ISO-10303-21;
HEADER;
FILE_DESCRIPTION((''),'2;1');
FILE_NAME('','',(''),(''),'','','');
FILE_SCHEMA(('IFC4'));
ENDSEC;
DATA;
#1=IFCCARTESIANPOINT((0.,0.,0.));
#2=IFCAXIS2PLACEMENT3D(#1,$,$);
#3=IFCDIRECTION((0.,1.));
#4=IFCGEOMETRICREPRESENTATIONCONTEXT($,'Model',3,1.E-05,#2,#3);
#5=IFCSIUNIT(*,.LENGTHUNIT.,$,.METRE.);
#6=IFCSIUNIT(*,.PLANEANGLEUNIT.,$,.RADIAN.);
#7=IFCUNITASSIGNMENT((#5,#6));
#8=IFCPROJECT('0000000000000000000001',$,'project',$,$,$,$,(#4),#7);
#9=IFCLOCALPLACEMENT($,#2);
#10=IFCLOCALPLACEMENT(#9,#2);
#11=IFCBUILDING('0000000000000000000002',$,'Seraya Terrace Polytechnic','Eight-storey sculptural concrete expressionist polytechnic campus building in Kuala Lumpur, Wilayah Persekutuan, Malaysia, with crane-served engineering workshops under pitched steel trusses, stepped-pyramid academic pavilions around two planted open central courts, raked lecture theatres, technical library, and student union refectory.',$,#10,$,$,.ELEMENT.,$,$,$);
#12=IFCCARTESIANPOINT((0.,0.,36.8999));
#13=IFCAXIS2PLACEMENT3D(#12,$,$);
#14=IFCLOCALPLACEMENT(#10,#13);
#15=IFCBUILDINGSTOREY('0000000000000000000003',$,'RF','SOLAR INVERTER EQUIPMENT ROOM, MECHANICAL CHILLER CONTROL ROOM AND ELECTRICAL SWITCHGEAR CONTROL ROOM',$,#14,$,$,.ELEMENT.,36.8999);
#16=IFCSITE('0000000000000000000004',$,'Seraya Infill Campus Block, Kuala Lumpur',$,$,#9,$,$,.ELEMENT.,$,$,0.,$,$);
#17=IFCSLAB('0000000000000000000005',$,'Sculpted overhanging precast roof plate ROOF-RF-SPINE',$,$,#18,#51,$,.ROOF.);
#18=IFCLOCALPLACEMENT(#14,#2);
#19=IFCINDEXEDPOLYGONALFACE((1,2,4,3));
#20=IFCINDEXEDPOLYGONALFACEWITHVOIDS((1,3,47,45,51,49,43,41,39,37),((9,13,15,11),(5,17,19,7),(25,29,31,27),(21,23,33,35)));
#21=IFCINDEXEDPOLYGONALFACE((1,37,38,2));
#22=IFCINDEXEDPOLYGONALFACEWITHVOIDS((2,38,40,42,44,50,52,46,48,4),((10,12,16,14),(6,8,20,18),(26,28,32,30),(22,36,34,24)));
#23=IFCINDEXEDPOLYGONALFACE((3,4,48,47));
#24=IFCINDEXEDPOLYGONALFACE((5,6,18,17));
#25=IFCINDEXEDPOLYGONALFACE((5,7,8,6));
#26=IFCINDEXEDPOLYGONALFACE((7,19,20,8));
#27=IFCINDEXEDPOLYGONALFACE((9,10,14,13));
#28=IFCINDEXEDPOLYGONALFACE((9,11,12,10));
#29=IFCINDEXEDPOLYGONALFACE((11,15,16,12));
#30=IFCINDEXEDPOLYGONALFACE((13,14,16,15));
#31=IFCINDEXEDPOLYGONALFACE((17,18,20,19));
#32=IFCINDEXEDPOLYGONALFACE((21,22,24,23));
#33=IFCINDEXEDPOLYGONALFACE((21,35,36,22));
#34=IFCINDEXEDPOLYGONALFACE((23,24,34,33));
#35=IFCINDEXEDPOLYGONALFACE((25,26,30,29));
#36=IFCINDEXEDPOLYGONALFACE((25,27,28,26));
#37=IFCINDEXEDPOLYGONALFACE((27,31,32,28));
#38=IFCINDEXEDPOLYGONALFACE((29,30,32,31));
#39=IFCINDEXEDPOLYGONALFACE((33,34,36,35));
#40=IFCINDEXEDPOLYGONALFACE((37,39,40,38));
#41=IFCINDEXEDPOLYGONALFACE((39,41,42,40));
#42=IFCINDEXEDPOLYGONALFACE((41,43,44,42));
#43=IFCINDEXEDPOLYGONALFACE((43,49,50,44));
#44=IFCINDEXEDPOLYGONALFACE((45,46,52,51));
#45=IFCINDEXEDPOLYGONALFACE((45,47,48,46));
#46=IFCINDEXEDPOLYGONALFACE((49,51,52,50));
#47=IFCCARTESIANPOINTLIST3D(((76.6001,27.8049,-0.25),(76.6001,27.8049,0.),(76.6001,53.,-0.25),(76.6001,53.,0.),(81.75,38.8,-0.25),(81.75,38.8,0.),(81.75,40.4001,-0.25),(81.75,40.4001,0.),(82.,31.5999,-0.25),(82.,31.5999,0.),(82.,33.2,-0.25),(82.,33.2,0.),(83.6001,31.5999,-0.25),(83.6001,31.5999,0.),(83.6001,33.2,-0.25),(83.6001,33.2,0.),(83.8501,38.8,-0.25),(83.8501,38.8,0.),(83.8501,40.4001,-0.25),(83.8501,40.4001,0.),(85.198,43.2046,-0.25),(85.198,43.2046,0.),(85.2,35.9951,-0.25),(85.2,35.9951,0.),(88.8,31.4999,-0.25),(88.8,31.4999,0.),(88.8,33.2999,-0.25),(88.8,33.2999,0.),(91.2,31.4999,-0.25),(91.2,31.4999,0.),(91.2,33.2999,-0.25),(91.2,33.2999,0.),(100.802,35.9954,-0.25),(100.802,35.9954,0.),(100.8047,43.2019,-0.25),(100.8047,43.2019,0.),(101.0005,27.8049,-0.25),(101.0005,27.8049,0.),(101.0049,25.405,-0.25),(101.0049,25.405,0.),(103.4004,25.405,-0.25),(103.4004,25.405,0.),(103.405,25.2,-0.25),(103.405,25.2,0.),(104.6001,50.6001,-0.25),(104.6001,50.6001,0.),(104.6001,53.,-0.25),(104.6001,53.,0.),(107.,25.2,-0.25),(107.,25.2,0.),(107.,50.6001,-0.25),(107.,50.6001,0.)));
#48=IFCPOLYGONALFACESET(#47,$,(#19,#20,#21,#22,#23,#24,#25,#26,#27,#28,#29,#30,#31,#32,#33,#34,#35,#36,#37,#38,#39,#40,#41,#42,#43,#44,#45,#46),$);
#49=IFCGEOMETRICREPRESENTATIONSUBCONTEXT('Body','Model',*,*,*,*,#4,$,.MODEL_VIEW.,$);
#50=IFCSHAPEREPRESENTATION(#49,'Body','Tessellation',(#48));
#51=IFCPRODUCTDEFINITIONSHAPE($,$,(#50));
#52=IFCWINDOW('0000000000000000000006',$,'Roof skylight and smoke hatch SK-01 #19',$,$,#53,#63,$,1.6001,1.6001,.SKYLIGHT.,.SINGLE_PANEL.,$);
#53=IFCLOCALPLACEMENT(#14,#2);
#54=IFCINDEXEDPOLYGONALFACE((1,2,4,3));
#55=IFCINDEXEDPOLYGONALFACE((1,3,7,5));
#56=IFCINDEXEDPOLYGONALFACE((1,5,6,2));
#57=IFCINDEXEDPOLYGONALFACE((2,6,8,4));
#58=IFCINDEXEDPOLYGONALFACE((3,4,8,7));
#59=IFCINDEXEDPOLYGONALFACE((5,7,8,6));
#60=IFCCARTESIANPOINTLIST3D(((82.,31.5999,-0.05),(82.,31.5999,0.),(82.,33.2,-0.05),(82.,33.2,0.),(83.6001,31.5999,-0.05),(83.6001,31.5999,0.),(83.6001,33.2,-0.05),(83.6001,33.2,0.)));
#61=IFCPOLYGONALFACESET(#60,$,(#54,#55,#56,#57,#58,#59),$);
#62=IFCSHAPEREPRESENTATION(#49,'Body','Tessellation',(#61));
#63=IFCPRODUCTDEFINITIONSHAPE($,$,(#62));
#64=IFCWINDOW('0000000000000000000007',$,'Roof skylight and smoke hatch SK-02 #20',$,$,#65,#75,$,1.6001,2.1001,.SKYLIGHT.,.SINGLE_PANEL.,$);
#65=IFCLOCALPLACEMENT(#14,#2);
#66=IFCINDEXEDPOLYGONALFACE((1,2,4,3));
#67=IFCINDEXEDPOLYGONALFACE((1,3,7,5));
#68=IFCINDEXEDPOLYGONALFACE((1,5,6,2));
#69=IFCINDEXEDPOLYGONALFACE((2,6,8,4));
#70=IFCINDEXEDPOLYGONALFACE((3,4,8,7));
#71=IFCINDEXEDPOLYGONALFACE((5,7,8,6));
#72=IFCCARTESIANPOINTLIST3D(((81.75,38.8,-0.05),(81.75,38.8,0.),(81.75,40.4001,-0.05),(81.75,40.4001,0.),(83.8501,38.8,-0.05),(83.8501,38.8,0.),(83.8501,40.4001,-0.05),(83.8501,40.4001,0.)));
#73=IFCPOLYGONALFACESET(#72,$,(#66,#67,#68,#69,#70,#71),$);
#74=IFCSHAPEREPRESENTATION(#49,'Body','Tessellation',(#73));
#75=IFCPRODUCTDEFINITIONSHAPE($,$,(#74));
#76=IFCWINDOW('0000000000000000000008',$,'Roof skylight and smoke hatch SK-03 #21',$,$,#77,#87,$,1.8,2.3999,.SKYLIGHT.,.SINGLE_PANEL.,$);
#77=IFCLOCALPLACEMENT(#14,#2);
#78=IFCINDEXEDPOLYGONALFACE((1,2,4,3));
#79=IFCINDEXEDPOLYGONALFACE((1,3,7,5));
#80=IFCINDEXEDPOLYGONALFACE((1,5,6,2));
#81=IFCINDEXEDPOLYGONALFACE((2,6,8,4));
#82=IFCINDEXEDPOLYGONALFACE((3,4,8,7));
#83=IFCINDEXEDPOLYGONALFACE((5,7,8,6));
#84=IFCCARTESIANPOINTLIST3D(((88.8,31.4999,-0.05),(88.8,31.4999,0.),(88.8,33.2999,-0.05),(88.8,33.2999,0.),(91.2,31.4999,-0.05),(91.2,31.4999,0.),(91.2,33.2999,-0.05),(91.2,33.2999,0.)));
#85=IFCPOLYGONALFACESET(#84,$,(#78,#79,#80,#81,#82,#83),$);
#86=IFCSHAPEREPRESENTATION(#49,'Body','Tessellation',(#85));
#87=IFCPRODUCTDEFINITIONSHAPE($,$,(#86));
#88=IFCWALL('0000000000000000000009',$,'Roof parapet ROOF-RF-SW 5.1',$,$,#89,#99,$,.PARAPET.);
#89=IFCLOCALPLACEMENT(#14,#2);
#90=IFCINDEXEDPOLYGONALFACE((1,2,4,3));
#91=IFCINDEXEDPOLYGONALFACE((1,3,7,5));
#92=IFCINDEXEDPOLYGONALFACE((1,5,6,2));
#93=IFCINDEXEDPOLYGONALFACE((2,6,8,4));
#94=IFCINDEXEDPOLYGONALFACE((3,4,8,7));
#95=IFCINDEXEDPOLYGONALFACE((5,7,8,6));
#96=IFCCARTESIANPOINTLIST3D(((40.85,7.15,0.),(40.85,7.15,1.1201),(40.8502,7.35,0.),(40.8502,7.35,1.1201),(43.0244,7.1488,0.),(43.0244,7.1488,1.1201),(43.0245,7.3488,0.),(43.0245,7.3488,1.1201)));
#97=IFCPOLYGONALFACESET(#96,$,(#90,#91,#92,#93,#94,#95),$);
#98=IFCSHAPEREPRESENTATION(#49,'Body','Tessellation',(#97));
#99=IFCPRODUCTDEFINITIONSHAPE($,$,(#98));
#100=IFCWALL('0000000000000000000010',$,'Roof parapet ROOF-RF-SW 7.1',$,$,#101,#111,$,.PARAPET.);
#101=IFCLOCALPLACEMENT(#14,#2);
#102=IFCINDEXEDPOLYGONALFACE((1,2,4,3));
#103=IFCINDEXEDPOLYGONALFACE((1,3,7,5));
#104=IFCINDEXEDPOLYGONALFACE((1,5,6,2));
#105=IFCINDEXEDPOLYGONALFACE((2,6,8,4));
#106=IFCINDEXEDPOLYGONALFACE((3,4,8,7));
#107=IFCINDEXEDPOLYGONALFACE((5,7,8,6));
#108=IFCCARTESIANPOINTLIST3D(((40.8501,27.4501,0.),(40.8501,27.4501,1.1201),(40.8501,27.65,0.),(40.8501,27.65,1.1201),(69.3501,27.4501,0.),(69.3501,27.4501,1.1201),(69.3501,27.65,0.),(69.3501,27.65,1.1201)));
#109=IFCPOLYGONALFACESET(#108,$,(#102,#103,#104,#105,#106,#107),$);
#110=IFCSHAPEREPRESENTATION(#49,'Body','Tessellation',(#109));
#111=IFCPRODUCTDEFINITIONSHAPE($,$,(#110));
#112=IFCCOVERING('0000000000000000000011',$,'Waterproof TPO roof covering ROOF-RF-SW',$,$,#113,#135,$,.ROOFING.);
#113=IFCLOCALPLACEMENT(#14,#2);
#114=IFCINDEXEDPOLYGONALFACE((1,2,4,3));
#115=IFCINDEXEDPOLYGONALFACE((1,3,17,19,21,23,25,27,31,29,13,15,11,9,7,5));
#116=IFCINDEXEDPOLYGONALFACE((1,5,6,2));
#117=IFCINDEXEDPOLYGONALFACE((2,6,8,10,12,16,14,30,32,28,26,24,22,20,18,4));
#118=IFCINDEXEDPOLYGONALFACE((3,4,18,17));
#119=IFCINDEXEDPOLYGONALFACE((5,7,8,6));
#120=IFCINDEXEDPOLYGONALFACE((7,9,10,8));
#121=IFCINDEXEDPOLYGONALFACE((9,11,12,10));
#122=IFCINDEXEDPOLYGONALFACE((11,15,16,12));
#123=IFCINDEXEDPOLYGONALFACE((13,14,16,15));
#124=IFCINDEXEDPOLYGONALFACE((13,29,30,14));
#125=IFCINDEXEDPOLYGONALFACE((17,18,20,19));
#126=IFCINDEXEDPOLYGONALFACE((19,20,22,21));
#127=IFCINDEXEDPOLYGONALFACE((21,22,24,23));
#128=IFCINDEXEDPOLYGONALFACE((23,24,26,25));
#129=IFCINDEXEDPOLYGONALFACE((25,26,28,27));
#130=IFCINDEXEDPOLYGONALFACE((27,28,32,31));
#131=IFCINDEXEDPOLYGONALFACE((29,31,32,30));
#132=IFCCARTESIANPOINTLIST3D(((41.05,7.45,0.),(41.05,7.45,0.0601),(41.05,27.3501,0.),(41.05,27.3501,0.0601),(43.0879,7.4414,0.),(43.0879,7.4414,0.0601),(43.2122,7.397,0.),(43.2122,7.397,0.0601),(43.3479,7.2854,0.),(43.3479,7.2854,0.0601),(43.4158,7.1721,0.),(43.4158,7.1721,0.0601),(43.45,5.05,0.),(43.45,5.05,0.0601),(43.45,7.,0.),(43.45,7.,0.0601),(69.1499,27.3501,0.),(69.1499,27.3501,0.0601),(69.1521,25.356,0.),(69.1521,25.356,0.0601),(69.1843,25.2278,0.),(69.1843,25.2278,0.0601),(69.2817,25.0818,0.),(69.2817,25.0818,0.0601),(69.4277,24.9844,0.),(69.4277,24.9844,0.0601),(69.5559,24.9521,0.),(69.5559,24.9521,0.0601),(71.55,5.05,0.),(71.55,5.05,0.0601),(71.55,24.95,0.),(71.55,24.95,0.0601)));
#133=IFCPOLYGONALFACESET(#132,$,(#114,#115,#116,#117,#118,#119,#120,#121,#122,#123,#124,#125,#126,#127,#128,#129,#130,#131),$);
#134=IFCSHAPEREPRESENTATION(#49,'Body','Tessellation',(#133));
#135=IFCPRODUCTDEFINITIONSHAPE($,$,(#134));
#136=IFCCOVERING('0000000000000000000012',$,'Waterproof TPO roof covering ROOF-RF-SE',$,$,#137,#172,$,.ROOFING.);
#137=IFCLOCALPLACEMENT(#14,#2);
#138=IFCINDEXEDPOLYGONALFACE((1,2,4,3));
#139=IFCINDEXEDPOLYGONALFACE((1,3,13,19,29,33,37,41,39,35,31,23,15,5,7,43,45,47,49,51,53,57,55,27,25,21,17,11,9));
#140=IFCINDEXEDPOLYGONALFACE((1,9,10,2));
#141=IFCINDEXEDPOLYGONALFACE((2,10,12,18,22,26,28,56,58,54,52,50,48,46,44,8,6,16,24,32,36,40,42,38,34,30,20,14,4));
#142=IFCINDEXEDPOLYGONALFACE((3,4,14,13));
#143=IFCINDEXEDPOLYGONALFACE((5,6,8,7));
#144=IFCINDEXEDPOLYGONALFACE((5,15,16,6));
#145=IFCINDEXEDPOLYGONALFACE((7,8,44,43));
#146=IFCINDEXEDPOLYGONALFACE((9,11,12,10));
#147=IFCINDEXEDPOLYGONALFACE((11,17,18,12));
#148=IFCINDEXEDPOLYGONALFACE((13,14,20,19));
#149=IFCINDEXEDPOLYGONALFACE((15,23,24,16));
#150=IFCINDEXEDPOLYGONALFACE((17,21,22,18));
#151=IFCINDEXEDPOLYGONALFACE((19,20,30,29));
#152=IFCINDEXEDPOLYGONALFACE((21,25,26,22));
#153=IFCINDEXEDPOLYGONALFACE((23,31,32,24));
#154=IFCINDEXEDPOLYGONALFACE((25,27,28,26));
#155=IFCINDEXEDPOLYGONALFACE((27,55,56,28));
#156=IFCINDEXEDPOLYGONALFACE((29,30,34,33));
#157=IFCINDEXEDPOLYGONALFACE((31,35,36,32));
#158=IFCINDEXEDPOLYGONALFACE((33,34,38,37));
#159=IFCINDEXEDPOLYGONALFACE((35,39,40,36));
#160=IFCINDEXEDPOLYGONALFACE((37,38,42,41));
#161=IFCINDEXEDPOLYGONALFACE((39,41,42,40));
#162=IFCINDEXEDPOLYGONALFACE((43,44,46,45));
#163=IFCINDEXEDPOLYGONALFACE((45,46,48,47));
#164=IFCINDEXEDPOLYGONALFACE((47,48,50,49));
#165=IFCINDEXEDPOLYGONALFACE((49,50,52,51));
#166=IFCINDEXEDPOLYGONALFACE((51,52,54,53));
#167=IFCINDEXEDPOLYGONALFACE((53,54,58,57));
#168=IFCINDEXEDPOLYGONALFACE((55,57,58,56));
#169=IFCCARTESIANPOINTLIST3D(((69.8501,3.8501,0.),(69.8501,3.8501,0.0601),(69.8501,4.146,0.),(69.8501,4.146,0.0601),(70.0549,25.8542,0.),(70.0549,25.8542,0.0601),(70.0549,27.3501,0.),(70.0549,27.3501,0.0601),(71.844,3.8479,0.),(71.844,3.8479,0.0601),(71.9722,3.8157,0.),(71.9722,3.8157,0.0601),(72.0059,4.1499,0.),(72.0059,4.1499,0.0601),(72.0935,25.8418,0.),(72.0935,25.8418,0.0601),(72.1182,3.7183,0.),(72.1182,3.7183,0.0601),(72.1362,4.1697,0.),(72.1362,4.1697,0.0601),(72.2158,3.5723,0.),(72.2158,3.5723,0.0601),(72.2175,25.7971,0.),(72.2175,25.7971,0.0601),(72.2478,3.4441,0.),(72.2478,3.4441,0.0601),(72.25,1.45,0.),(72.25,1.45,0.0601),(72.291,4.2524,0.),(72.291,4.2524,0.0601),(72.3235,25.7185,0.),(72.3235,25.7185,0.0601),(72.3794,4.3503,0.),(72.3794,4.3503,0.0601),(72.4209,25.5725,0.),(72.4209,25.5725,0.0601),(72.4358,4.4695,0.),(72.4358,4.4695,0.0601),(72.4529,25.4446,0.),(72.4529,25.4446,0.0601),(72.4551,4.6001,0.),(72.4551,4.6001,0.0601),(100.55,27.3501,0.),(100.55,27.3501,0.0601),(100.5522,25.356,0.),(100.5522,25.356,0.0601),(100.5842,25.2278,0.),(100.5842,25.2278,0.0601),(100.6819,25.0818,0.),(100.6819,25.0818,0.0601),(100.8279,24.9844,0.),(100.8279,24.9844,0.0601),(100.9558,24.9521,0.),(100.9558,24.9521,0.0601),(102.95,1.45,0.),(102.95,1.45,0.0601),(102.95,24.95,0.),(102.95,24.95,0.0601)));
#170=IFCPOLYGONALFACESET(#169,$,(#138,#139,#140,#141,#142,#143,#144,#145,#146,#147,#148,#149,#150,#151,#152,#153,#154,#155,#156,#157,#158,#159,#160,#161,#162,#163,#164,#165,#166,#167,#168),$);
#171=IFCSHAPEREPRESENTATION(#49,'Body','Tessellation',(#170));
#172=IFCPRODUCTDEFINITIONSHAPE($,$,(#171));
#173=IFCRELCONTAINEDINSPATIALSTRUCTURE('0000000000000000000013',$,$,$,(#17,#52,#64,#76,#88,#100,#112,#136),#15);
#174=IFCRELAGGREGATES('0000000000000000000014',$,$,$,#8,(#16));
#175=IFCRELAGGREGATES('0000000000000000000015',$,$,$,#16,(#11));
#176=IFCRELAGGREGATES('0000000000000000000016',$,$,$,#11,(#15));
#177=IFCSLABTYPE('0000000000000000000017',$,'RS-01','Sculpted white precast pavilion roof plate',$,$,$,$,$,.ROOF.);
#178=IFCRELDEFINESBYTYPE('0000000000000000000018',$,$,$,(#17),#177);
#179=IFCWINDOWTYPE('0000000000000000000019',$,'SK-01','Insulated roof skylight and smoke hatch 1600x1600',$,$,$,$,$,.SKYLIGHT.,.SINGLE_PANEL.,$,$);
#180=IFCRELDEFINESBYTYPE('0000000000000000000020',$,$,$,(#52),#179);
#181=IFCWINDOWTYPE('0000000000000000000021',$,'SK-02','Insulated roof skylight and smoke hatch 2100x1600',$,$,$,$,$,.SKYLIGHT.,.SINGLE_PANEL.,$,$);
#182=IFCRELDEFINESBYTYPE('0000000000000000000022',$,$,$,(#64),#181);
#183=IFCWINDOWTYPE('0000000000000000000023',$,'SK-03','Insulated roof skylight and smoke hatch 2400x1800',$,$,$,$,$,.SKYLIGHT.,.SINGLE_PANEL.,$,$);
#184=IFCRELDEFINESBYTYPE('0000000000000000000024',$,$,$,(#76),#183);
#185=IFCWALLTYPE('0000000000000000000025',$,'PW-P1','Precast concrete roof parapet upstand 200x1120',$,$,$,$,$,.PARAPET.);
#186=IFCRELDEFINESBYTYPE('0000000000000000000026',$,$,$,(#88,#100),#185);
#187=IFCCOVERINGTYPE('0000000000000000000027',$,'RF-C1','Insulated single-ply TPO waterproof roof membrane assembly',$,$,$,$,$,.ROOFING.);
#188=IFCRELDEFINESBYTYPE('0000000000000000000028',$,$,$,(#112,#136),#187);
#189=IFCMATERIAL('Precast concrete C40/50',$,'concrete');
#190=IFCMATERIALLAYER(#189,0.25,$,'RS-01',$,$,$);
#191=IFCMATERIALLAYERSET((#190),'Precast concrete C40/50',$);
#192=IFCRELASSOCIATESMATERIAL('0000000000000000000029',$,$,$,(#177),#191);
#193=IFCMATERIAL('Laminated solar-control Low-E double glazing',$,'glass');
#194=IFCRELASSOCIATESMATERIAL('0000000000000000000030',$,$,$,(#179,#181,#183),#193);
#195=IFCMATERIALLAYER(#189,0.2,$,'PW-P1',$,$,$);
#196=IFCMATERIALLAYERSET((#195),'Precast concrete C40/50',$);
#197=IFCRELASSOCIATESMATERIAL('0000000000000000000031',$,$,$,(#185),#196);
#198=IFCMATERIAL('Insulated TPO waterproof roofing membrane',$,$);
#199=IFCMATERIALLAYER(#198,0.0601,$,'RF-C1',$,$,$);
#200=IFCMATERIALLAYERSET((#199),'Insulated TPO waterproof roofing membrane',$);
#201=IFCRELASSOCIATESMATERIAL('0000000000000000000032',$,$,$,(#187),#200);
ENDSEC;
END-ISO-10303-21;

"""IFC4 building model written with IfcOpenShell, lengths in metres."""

from ifc_helpers import new_model, si_unit, direction, frame, frame_2d, origin, origin_2d, place, context, subcontext, project, spatial, polyline, rectangle, outline, extrude, material, layer, layer_set, type_object, element, fill, save


model = new_model("IFC4")

# Units and contexts
model_context = context("Model", 3, precision=1e-05, world=origin(), true_north=direction((0.0, 1.0)))
body_context = subcontext(model_context, "Body", "Model", "MODEL_VIEW")
ifc_project = project(units=[si_unit("LENGTHUNIT", "METRE"), si_unit("PLANEANGLEUNIT", "RADIAN")], contexts=[model_context])

# Site, building, storey
site_placement = place(None, origin())
site = spatial("IfcSite", under=ifc_project, at=site_placement, Name="Seraya Infill Campus Block, Kuala Lumpur", CompositionType="ELEMENT", RefElevation=0.0)
building_placement = place(site_placement, origin())
building = spatial("IfcBuilding", under=site, at=building_placement, Name="Seraya Terrace Polytechnic", Description="Eight-storey sculptural concrete expressionist polytechnic campus building in Kuala Lumpur, Wilayah Persekutuan, Malaysia, with crane-served engineering workshops under pitched steel trusses, stepped-pyramid academic pavilions around two planted open central courts, raked lecture theatres, technical library, and student union refectory.", CompositionType="ELEMENT")
storey_placement = place(building_placement, frame((0.0, 0.0, 36.8999)))
storey = spatial("IfcBuildingStorey", under=building, at=storey_placement, Name="RF", Description="SOLAR INVERTER EQUIPMENT ROOM, MECHANICAL CHILLER CONTROL ROOM AND ELECTRICAL SWITCHGEAR CONTROL ROOM", CompositionType="ELEMENT", Elevation=36.8999)

# Slab, openings, windows
ifc_material_1 = material(Name="Precast concrete C40/50", Category="concrete")
ifc_layer_1 = layer(ifc_material_1, 0.25, Name="RS-01")
ifc_layer_set_1 = layer_set([ifc_layer_1], Name="Precast concrete C40/50")
slab_type_1 = type_object("IfcSlabType", Name="RS-01", Description="Sculpted white precast pavilion roof plate", PredefinedType="ROOF", material=ifc_layer_set_1)
ifc_material_2 = material(Name="Laminated solar-control Low-E double glazing", Category="glass")
window_type_1 = type_object("IfcWindowType", Name="SK-01", Description="Insulated roof skylight and smoke hatch 1600x1600", PartitioningType="SINGLE_PANEL", PredefinedType="SKYLIGHT", material=ifc_material_2)
window_type_2 = type_object("IfcWindowType", Name="SK-02", Description="Insulated roof skylight and smoke hatch 2100x1600", PartitioningType="SINGLE_PANEL", PredefinedType="SKYLIGHT", material=ifc_material_2)
window_type_3 = type_object("IfcWindowType", Name="SK-03", Description="Insulated roof skylight and smoke hatch 2400x1800", PartitioningType="SINGLE_PANEL", PredefinedType="SKYLIGHT", material=ifc_material_2)
slab_1_placement = place(storey_placement, frame((0.0, 0.0, -0.25)))
slab_1 = element("IfcSlab", 1, at=slab_1_placement, inside=storey, type_object=slab_type_1, Name="Sculpted overhanging precast roof plate ROOF-RF-SPINE", PredefinedType="ROOF", context=body_context, shape_type="SweptSolid", body=[
    extrude(outline(polyline([(76.6001, 53.0), (104.6001, 53.0), (104.6001, 50.6001), (107.0, 50.6001), (107.0, 25.2), (103.405, 25.2), (103.4004, 25.405), (101.0049, 25.405), (101.0005, 27.8049), (76.6001, 27.8049), (76.6001, 53.0)]), holes=[polyline([(85.2, 35.9951), (100.802, 35.9954), (100.8047, 43.2019), (85.198, 43.2046), (85.2, 35.9951)])]), origin(), (0.0, 0.0, 1.0), 0.25),
])
opening_1_placement = place(slab_1_placement, frame((82.8, 32.3999, -0.012)))
opening_1 = element("IfcOpeningElement", 2, at=opening_1_placement, cuts=slab_1, PredefinedType="OPENING", context=body_context, shape_type="SweptSolid", body=[
    extrude(rectangle(XDim=1.6001, YDim=1.6001, at=origin_2d()), origin(), (0.0, 0.0, 1.0), 0.2739),
])
opening_2_placement = place(slab_1_placement, frame((82.8, 39.6001, -0.012)))
opening_2 = element("IfcOpeningElement", 3, at=opening_2_placement, cuts=slab_1, PredefinedType="OPENING", context=body_context, shape_type="SweptSolid", body=[
    extrude(rectangle(XDim=2.1001, YDim=1.6001, at=origin_2d()), origin(), (0.0, 0.0, 1.0), 0.2739),
])
opening_3_placement = place(slab_1_placement, frame((90.0, 32.3999, -0.012)))
opening_3 = element("IfcOpeningElement", 4, at=opening_3_placement, cuts=slab_1, PredefinedType="OPENING", context=body_context, shape_type="SweptSolid", body=[
    extrude(rectangle(XDim=2.3999, YDim=1.8, at=origin_2d()), origin(), (0.0, 0.0, 1.0), 0.2739),
])
window_1_placement = place(slab_1_placement, frame((82.8, 32.3999, 0.2)))
window_1 = element("IfcWindow", 5, at=window_1_placement, inside=storey, type_object=window_type_1, Name="Roof skylight and smoke hatch SK-01 #19", OverallHeight=1.6001, OverallWidth=1.6001, PartitioningType="SINGLE_PANEL", PredefinedType="SKYLIGHT", context=body_context, shape_type="SweptSolid", body=[
    extrude(rectangle(XDim=1.6001, YDim=1.6001, at=origin_2d()), origin(), (0.0, 0.0, 1.0), 0.05),
])
fill(opening_1, window_1)
window_2_placement = place(slab_1_placement, frame((82.8, 39.6001, 0.2)))
window_2 = element("IfcWindow", 6, at=window_2_placement, inside=storey, type_object=window_type_2, Name="Roof skylight and smoke hatch SK-02 #20", OverallHeight=1.6001, OverallWidth=2.1001, PartitioningType="SINGLE_PANEL", PredefinedType="SKYLIGHT", context=body_context, shape_type="SweptSolid", body=[
    extrude(rectangle(XDim=2.1001, YDim=1.6001, at=origin_2d()), origin(), (0.0, 0.0, 1.0), 0.05),
])
fill(opening_2, window_2)
window_3_placement = place(slab_1_placement, frame((90.0, 32.3999, 0.2)))
window_3 = element("IfcWindow", 7, at=window_3_placement, inside=storey, type_object=window_type_3, Name="Roof skylight and smoke hatch SK-03 #21", OverallHeight=1.8, OverallWidth=2.3999, PartitioningType="SINGLE_PANEL", PredefinedType="SKYLIGHT", context=body_context, shape_type="SweptSolid", body=[
    extrude(rectangle(XDim=2.3999, YDim=1.8, at=origin_2d()), origin(), (0.0, 0.0, 1.0), 0.05),
])
fill(opening_3, window_3)

# Walls
ifc_layer_2 = layer(ifc_material_1, 0.2, Name="PW-P1")
ifc_layer_set_2 = layer_set([ifc_layer_2], Name="Precast concrete C40/50")
wall_type = type_object("IfcWallType", Name="PW-P1", Description="Precast concrete roof parapet upstand 200x1120", PredefinedType="PARAPET", material=ifc_layer_set_2)
wall_1_placement = place(storey_placement, frame((43.0244, 7.2488, 0.0), z_axis=(0.0, 0.0, 1.0), x_axis=(-1.0, 0.000561, 0.0)))
element("IfcWall", 8, at=wall_1_placement, inside=storey, type_object=wall_type, Name="Roof parapet ROOF-RF-SW 5.1", PredefinedType="PARAPET", context=body_context, shape_type="SweptSolid", body=[
    extrude(rectangle(XDim=2.1743, YDim=0.2, at=frame_2d((1.0872, 0.0))), origin(), (0.0, 0.0, 1.0), 1.1201),
])
wall_2_placement = place(storey_placement, frame((40.8501, 27.55, 0.0), z_axis=(0.0, 0.0, 1.0), x_axis=(1.0, 0.0, 0.0)))
element("IfcWall", 9, at=wall_2_placement, inside=storey, type_object=wall_type, Name="Roof parapet ROOF-RF-SW 7.1", PredefinedType="PARAPET", context=body_context, shape_type="SweptSolid", body=[
    extrude(rectangle(XDim=28.5, YDim=0.2, at=frame_2d((14.25, 0.0))), origin(), (0.0, 0.0, 1.0), 1.1201),
])

# Coverings
ifc_material_3 = material(Name="Insulated TPO waterproof roofing membrane")
ifc_layer_3 = layer(ifc_material_3, 0.0601, Name="RF-C1")
ifc_layer_set_3 = layer_set([ifc_layer_3], Name="Insulated TPO waterproof roofing membrane")
covering_type = type_object("IfcCoveringType", Name="RF-C1", Description="Insulated single-ply TPO waterproof roof membrane assembly", PredefinedType="ROOFING", material=ifc_layer_set_3)
covering_1_placement = place(storey_placement, origin())
element("IfcCovering", 10, at=covering_1_placement, inside=storey, type_object=covering_type, Name="Waterproof TPO roof covering ROOF-RF-SW", PredefinedType="ROOFING", context=body_context, shape_type="SweptSolid", body=[
    extrude(outline(polyline([(43.45, 7.0), (43.4158, 7.1721), (43.3479, 7.2854), (43.2122, 7.397), (43.0879, 7.4414), (41.05, 7.45), (41.05, 27.3501), (69.1499, 27.3501), (69.1521, 25.356), (69.1843, 25.2278), (69.2817, 25.0818), (69.4277, 24.9844), (69.5559, 24.9521), (71.55, 24.95), (71.55, 5.05), (43.45, 5.05), (43.45, 7.0)])), origin(), (0.0, 0.0, 1.0), 0.0601),
])
covering_2_placement = place(storey_placement, origin())
element("IfcCovering", 11, at=covering_2_placement, inside=storey, type_object=covering_type, Name="Waterproof TPO roof covering ROOF-RF-SE", PredefinedType="ROOFING", context=body_context, shape_type="SweptSolid", body=[
    extrude(outline(polyline([(100.55, 27.3501), (100.5522, 25.356), (100.5842, 25.2278), (100.6819, 25.0818), (100.8279, 24.9844), (100.9558, 24.9521), (102.95, 24.95), (102.95, 1.45), (72.25, 1.45), (72.2478, 3.4441), (72.2158, 3.5723), (72.1182, 3.7183), (71.9722, 3.8157), (71.844, 3.8479), (69.8501, 3.8501), (69.8501, 4.146), (72.0059, 4.1499), (72.1362, 4.1697), (72.291, 4.2524), (72.3794, 4.3503), (72.4358, 4.4695), (72.4551, 4.6001), (72.4529, 25.4446), (72.4209, 25.5725), (72.3235, 25.7185), (72.2175, 25.7971), (72.0935, 25.8418), (70.0549, 25.8542), (70.0549, 27.3501), (100.55, 27.3501)])), origin(), (0.0, 0.0, 1.0), 0.0601),
])

save(model, "model.ifc")
